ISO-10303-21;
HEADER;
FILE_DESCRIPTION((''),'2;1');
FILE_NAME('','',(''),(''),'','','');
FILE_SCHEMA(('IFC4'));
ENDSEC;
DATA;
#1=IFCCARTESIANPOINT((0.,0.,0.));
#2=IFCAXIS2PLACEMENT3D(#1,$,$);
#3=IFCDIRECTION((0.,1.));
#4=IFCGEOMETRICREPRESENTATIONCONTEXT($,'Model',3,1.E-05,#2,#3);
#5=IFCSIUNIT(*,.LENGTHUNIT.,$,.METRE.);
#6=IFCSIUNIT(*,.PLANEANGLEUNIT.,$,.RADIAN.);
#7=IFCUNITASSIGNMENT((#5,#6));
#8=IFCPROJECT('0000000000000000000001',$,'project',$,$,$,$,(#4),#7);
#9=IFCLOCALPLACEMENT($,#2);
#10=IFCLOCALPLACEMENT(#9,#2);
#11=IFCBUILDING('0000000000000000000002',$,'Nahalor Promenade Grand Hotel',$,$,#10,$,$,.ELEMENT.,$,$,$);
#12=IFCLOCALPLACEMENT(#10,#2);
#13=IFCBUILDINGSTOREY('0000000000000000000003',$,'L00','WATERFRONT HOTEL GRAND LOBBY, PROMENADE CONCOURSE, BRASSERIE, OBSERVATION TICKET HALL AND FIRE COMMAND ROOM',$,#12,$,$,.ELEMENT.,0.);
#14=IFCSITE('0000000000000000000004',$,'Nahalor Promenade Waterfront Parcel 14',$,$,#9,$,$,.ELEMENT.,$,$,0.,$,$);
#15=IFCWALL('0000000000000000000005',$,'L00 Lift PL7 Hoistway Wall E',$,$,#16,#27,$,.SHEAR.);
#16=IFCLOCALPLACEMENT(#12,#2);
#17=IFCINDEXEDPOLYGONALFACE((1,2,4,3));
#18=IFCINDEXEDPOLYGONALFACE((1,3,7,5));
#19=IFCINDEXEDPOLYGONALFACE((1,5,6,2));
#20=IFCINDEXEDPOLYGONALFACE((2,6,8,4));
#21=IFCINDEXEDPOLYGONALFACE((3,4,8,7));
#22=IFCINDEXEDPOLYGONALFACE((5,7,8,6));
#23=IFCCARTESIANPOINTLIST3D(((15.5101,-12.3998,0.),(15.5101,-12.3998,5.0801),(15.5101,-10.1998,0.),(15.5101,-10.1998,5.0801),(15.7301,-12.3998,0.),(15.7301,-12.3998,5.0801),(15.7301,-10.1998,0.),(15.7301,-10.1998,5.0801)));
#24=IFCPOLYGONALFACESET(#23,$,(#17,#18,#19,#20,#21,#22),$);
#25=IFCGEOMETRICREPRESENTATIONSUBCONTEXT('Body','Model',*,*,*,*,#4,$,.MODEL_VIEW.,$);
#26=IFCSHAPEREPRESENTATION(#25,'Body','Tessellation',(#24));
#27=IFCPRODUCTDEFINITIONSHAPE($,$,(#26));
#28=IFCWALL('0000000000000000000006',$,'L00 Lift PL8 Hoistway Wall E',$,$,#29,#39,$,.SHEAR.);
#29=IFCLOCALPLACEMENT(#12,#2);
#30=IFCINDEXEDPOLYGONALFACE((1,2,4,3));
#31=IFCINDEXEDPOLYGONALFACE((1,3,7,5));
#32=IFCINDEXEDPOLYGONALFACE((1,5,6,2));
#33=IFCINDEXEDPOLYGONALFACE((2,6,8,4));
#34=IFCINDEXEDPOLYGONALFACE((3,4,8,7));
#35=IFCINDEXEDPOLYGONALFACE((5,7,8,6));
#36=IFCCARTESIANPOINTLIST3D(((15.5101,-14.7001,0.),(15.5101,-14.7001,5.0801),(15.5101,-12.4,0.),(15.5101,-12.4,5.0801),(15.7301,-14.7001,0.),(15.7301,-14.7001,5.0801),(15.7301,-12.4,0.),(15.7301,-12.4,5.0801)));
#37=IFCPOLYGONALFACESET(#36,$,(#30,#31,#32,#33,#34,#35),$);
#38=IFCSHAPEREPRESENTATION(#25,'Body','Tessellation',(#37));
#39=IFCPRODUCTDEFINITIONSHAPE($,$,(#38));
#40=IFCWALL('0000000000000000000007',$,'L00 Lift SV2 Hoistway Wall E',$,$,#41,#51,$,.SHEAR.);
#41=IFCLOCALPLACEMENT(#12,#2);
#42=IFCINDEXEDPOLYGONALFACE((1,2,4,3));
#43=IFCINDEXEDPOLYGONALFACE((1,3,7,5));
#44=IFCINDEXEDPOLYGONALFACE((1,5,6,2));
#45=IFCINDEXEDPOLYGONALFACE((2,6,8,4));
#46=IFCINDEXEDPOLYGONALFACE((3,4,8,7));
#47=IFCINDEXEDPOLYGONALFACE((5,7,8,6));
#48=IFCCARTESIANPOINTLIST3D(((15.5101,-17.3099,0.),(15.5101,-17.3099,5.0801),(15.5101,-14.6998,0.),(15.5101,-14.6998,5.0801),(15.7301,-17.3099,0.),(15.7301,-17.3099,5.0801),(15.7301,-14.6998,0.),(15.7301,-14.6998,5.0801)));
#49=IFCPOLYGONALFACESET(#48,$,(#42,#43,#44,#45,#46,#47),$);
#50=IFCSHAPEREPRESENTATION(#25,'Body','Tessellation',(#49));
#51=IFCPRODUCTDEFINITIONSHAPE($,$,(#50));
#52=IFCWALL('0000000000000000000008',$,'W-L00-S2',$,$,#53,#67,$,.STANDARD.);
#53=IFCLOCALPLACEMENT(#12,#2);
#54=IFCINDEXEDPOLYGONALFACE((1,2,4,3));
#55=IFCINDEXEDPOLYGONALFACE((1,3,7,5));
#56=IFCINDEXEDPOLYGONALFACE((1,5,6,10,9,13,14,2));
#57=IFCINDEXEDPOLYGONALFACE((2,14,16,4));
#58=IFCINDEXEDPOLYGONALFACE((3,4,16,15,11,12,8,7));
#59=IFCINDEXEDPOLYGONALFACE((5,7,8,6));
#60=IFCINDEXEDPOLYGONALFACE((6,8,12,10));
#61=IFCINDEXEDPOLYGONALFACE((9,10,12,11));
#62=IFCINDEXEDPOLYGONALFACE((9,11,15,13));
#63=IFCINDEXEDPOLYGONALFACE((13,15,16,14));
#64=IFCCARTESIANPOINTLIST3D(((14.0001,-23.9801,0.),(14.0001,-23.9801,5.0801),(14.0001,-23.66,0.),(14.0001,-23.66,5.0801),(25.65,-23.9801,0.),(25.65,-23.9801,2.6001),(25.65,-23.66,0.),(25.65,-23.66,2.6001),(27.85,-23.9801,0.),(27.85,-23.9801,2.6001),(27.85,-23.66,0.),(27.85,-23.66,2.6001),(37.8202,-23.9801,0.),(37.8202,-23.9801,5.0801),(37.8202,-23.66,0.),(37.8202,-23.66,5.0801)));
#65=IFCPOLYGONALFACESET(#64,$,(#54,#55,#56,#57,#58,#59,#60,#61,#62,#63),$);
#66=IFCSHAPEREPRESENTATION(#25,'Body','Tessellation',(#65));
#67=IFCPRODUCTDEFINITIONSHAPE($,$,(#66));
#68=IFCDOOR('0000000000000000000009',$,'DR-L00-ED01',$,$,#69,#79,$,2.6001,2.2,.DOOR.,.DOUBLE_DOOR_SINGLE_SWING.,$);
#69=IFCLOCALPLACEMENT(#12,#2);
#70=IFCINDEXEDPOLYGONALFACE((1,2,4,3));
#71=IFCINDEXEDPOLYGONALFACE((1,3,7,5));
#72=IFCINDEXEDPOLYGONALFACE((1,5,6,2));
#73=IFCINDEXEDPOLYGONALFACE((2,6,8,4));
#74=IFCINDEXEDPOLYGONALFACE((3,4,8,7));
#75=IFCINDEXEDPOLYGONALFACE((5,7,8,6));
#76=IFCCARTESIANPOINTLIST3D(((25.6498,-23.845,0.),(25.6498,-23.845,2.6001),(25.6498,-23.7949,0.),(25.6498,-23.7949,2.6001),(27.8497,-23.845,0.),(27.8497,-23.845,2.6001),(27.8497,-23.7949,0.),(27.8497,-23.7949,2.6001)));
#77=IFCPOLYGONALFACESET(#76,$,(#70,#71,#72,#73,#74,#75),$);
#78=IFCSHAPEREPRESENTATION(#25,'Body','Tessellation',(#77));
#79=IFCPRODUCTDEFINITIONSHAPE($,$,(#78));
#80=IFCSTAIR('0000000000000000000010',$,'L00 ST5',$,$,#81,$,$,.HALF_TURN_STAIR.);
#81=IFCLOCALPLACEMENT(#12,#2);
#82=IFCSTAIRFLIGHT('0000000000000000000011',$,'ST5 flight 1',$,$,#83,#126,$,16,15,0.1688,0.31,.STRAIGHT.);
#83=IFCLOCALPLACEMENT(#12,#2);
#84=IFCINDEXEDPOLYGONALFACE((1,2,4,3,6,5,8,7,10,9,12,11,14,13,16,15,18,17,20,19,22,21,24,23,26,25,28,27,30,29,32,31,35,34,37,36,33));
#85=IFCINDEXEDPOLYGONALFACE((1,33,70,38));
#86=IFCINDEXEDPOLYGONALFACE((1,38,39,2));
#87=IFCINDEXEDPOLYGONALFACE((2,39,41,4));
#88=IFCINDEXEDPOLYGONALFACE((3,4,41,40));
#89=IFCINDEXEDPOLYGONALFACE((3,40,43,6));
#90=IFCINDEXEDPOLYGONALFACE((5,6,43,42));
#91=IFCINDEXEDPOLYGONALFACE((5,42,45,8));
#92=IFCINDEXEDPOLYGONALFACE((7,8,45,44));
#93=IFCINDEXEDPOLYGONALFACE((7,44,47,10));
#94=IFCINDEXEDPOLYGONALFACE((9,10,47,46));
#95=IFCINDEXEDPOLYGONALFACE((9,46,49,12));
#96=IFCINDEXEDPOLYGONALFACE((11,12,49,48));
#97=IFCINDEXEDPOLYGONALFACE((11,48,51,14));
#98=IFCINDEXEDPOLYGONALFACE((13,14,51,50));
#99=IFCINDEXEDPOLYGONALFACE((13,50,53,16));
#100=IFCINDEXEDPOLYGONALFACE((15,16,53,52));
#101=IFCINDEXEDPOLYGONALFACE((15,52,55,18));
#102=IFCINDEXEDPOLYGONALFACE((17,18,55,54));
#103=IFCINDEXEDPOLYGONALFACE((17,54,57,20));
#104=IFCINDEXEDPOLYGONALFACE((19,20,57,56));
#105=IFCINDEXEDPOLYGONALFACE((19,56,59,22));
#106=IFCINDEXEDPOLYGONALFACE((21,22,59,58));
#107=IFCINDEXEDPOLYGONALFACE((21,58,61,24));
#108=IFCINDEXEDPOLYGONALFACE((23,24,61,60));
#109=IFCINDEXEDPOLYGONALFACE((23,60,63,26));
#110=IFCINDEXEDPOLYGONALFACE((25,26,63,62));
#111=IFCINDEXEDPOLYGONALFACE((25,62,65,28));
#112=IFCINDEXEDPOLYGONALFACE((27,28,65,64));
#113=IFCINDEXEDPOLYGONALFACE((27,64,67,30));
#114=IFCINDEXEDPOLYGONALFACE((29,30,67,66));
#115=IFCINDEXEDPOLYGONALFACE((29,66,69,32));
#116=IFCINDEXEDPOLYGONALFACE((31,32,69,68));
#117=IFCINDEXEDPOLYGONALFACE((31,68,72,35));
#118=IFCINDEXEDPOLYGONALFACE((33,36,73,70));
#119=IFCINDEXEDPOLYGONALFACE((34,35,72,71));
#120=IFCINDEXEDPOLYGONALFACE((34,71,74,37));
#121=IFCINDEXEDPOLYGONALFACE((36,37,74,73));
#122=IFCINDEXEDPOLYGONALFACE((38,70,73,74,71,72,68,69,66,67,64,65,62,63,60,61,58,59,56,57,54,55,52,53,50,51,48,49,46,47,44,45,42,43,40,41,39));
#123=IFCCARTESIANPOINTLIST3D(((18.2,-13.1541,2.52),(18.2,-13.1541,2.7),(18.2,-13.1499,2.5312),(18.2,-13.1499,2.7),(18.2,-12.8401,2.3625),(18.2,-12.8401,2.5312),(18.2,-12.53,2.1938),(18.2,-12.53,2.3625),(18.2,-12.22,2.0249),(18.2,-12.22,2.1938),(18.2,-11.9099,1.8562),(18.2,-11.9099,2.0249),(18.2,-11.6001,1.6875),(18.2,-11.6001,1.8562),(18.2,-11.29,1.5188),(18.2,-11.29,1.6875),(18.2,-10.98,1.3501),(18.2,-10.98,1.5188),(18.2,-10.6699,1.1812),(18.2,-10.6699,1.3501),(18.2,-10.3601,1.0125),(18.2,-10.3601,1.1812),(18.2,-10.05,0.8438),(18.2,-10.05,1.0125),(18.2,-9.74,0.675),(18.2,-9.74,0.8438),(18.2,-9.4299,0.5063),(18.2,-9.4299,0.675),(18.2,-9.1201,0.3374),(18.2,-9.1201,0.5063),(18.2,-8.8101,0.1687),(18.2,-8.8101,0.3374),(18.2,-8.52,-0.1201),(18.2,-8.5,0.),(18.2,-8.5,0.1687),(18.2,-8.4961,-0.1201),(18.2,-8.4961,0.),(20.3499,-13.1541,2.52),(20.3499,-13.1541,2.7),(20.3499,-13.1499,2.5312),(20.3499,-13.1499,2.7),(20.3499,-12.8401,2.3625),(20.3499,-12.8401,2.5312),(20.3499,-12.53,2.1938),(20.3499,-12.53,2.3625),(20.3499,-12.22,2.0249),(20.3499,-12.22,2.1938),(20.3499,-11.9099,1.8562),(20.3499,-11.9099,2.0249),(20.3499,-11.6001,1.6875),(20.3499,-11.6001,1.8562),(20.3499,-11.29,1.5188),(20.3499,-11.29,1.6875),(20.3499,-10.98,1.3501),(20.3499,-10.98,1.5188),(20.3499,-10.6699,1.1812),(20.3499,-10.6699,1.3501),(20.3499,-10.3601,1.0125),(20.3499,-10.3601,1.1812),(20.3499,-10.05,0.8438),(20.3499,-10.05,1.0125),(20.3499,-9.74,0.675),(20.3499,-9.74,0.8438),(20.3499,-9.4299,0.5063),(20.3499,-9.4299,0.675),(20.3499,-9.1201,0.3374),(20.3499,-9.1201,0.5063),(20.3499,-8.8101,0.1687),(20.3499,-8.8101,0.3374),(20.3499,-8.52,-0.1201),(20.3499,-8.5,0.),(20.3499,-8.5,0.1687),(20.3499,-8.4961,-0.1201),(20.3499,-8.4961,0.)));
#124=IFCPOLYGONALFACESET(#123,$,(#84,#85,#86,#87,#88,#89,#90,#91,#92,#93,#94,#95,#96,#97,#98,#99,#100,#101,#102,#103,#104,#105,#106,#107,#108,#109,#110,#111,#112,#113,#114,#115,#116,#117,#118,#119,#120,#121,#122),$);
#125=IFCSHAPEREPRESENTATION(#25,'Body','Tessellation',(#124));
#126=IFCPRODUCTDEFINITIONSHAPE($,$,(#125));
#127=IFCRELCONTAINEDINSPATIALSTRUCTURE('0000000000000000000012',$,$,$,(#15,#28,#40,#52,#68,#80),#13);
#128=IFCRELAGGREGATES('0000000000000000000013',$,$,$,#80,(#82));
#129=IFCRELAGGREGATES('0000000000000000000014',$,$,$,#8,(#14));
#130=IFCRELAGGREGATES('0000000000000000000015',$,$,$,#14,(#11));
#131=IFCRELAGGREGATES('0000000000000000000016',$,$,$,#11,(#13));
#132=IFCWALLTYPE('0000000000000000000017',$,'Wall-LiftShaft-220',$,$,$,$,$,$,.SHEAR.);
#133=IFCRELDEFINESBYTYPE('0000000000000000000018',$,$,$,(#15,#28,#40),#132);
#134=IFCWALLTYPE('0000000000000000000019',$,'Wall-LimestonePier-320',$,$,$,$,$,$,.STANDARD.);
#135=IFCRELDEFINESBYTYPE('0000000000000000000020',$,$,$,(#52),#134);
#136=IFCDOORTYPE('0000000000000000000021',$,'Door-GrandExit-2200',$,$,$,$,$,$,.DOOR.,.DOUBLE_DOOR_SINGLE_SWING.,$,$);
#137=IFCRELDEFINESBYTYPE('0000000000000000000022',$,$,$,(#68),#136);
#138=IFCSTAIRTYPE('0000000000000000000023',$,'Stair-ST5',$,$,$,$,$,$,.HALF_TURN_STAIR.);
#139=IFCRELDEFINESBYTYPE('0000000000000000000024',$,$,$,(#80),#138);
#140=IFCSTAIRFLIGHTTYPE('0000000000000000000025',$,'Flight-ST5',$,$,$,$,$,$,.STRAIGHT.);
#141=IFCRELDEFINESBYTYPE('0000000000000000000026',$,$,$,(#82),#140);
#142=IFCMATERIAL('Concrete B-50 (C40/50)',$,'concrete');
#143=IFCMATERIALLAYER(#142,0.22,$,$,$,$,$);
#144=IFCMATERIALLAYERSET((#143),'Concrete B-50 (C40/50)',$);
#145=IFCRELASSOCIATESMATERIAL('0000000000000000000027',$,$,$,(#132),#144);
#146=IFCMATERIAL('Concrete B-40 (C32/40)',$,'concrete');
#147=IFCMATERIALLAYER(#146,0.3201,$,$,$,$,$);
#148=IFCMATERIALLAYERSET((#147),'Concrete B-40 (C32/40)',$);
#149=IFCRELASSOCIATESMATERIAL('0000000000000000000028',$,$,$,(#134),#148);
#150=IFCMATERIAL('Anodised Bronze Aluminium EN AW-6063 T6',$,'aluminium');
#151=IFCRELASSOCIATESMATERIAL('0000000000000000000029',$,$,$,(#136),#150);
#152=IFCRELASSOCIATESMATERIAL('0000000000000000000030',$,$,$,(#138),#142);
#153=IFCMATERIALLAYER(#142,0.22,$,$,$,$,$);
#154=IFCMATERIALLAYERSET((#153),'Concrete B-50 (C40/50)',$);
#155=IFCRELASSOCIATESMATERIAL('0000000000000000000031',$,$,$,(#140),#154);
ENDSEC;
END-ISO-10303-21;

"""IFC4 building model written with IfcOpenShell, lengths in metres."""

from ifc_helpers import new_model, si_unit, direction, frame, frame_2d, origin, place, context, subcontext, project, spatial, polyline, rectangle, outline, extrude, source, transform, mapped, material, layer, layer_set, type_object, element, fill, aggregate, save


model = new_model("IFC4")

# Units and contexts
model_context = context("Model", 3, precision=1e-05, world=origin(), true_north=direction((0.0, 1.0)))
body_context = subcontext(model_context, "Body", "Model", "MODEL_VIEW")
ifc_project = project(units=[si_unit("LENGTHUNIT", "METRE"), si_unit("PLANEANGLEUNIT", "RADIAN")], contexts=[model_context])

# Site, building, storey
site_placement = place(None, origin())
site = spatial("IfcSite", under=ifc_project, at=site_placement, Name="Nahalor Promenade Waterfront Parcel 14", CompositionType="ELEMENT", RefElevation=0.0)
building_placement = place(site_placement, origin())
building = spatial("IfcBuilding", under=site, at=building_placement, Name="Nahalor Promenade Grand Hotel", CompositionType="ELEMENT")
storey_placement = place(building_placement, origin())
storey = spatial("IfcBuildingStorey", under=building, at=storey_placement, Name="L00", Description="WATERFRONT HOTEL GRAND LOBBY, PROMENADE CONCOURSE, BRASSERIE, OBSERVATION TICKET HALL AND FIRE COMMAND ROOM", CompositionType="ELEMENT", Elevation=0.0)

# Shared definitions
ifc_material_1 = material(Name="Anodised Bronze Aluminium EN AW-6063 T6", Category="aluminium")

# Shared definitions
ifc_material_2 = material(Name="Concrete B-50 (C40/50)", Category="concrete")

# Walls
ifc_layer_1 = layer(ifc_material_2, 0.22)
ifc_layer_set_1 = layer_set([ifc_layer_1], Name="Concrete B-50 (C40/50)")
wall_type_1 = type_object("IfcWallType", Name="Wall-LiftShaft-220", PredefinedType="SHEAR", material=ifc_layer_set_1)
shared_shape_1 = source(origin(), body_context, "Body", "SweptSolid", [
    extrude(rectangle(XDim=2.2, YDim=0.22, at=frame_2d((1.1001, 0.0))), origin(), (0.0, 0.0, 1.0), 5.0801),
])
for number, where, z_axis, x_axis, name in (
    (1, (15.6201, -12.3999, 0.0), (0.0, 0.0, 1.0), (0.0, 1.0, 0.0), "L00 Lift PL7 Hoistway Wall E"),
):
    element("IfcWall", number, at=place(storey_placement, frame(where, z_axis=z_axis, x_axis=x_axis)), inside=storey, type_object=wall_type_1, Name=name, PredefinedType="SHEAR", context=body_context, shape_type="MappedRepresentation", body=[
        mapped(shared_shape_1, transform((0.0, 0.0, 0.0), scale=1.0)),
    ])
shared_shape_2 = source(origin(), body_context, "Body", "SweptSolid", [
    extrude(rectangle(XDim=2.3, YDim=0.22, at=frame_2d((1.1499, 0.0))), origin(), (0.0, 0.0, 1.0), 5.0801),
])
wall_1_placement = place(storey_placement, frame((15.6201, -14.7, 0.0), z_axis=(0.0, 0.0, 1.0), x_axis=(0.0, 1.0, 0.0)))
element("IfcWall", 2, at=wall_1_placement, inside=storey, type_object=wall_type_1, Name="L00 Lift PL8 Hoistway Wall E", PredefinedType="SHEAR", context=body_context, shape_type="MappedRepresentation", body=[
    mapped(shared_shape_2, transform((0.0, 0.0, 0.0), scale=1.0)),
])
shared_shape_3 = source(origin(), body_context, "Body", "SweptSolid", [
    extrude(rectangle(XDim=2.6101, YDim=0.22, at=frame_2d((1.3052, 0.0))), origin(), (0.0, 0.0, 1.0), 5.0801),
])
wall_2_placement = place(storey_placement, frame((15.6201, -17.3101, 0.0), z_axis=(0.0, 0.0, 1.0), x_axis=(0.0, 1.0, 0.0)))
element("IfcWall", 3, at=wall_2_placement, inside=storey, type_object=wall_type_1, Name="L00 Lift SV2 Hoistway Wall E", PredefinedType="SHEAR", context=body_context, shape_type="MappedRepresentation", body=[
    mapped(shared_shape_3, transform((0.0, 0.0, 0.0), scale=1.0)),
])

# Wall, opening, door
ifc_material_3 = material(Name="Concrete B-40 (C32/40)", Category="concrete")
ifc_layer_2 = layer(ifc_material_3, 0.3201)
ifc_layer_set_2 = layer_set([ifc_layer_2], Name="Concrete B-40 (C32/40)")
wall_type_2 = type_object("IfcWallType", Name="Wall-LimestonePier-320", PredefinedType="STANDARD", material=ifc_layer_set_2)
shared_shape_4 = source(origin(), body_context, "Body", "SweptSolid", [
    extrude(rectangle(XDim=23.8201, YDim=0.3201, at=frame_2d((11.9102, 0.0))), origin(), (0.0, 0.0, 1.0), 5.0801),
])
wall_3_placement = place(storey_placement, frame((14.0, -23.8201, 0.0), z_axis=(0.0, 0.0, 1.0), x_axis=(1.0, 0.0, 0.0)))
wall_3 = element("IfcWall", 4, at=wall_3_placement, inside=storey, type_object=wall_type_2, Name="W-L00-S2", PredefinedType="STANDARD", context=body_context, shape_type="MappedRepresentation", body=[
    mapped(shared_shape_4, transform((0.0, 0.0, 0.0), scale=1.0)),
])
opening_1_placement = place(wall_3_placement, frame((11.6499, 0.0, 0.0)))
opening_1 = element("IfcOpeningElement", 5, at=opening_1_placement, cuts=wall_3, PredefinedType="OPENING", context=body_context, shape_type="SweptSolid", body=[
    extrude(rectangle(XDim=2.2, YDim=2.6001, at=frame_2d((1.1001, 1.3))), frame((0.0, 0.1699, 0.0), z_axis=(0.0, -1.0, 0.0), x_axis=(1.0, 0.0, 0.0)), (0.0, 0.0, 1.0), 0.3401),
])
door_type_1 = type_object("IfcDoorType", Name="Door-GrandExit-2200", OperationType="DOUBLE_DOOR_SINGLE_SWING", PredefinedType="DOOR", material=ifc_material_1)
shared_shape_5 = source(origin(), body_context, "Body", "SweptSolid", [
    extrude(rectangle(XDim=2.2, YDim=2.6001, at=frame_2d((1.1001, 1.3))), frame((0.0, 0.0249, 0.0), z_axis=(0.0, -1.0, 0.0), x_axis=(1.0, 0.0, 0.0)), (0.0, 0.0, 1.0), 0.05),
])
door_1_placement = place(opening_1_placement, frame((2.2, 0.0, 0.0), z_axis=(0.0, 0.0, 1.0), x_axis=(-1.0, 0.0, 0.0)))
door_1 = element("IfcDoor", 6, at=door_1_placement, inside=storey, type_object=door_type_1, Name="DR-L00-ED01", OperationType="DOUBLE_DOOR_SINGLE_SWING", OverallHeight=2.6001, OverallWidth=2.2, PredefinedType="DOOR", context=body_context, shape_type="MappedRepresentation", body=[
    mapped(shared_shape_5, transform((0.0, 0.0, 0.0), scale=1.0)),
])
fill(opening_1, door_1)

# Stair, stair flight
stair_type = type_object("IfcStairType", Name="Stair-ST5", PredefinedType="HALF_TURN_STAIR", material=ifc_material_2)
stair_placement = place(storey_placement, origin())
stair = element("IfcStair", 7, at=stair_placement, inside=storey, type_object=stair_type, Name="L00 ST5", PredefinedType="HALF_TURN_STAIR")
ifc_layer_3 = layer(ifc_material_2, 0.22)
ifc_layer_set_3 = layer_set([ifc_layer_3], Name="Concrete B-50 (C40/50)")
stair_flight_type = type_object("IfcStairFlightType", Name="Flight-ST5", PredefinedType="STRAIGHT", material=ifc_layer_set_3)
shared_shape_6 = source(origin(), body_context, "Body", "SweptSolid", [
    extrude(outline(polyline([(-0.0039, -0.1201), (-0.0039, 0.0), (0.0, 0.0), (0.0, 0.1687), (0.3101, 0.1687), (0.3101, 0.3374), (0.6201, 0.3374), (0.6201, 0.5063), (0.9299, 0.5063), (0.9299, 0.675), (1.24, 0.675), (1.24, 0.8438), (1.55, 0.8438), (1.55, 1.0125), (1.8601, 1.0125), (1.8601, 1.1812), (2.1699, 1.1812), (2.1699, 1.3501), (2.48, 1.3501), (2.48, 1.5188), (2.79, 1.5188), (2.79, 1.6875), (3.1001, 1.6875), (3.1001, 1.8562), (3.4099, 1.8562), (3.4099, 2.0249), (3.72, 2.0249), (3.72, 2.1938), (4.03, 2.1938), (4.03, 2.3625), (4.3401, 2.3625), (4.3401, 2.5312), (4.6499, 2.5312), (4.6499, 2.7), (4.6541, 2.7), (4.6541, 2.52), (0.02, -0.1201), (-0.0039, -0.1201)])), frame((0.0, 1.075, 0.0), z_axis=(0.0, -1.0, 0.0), x_axis=(1.0, 0.0, 0.0)), (0.0, 0.0, 1.0), 2.1499),
])
stair_flight_placement = place(storey_placement, frame((19.2749, -8.5, 0.0), z_axis=(0.0, 0.0, 1.0), x_axis=(0.0, -1.0, 0.0)))
stair_flight = element("IfcStairFlight", 8, at=stair_flight_placement, type_object=stair_flight_type, Name="ST5 flight 1", NumberOfRisers=16, NumberOfTreads=15, PredefinedType="STRAIGHT", RiserHeight=0.1688, TreadLength=0.31, context=body_context, shape_type="MappedRepresentation", body=[
    mapped(shared_shape_6, transform((0.0, 0.0, 0.0), scale=1.0)),
])
aggregate(stair, [stair_flight])

save(model, "model.ifc")
